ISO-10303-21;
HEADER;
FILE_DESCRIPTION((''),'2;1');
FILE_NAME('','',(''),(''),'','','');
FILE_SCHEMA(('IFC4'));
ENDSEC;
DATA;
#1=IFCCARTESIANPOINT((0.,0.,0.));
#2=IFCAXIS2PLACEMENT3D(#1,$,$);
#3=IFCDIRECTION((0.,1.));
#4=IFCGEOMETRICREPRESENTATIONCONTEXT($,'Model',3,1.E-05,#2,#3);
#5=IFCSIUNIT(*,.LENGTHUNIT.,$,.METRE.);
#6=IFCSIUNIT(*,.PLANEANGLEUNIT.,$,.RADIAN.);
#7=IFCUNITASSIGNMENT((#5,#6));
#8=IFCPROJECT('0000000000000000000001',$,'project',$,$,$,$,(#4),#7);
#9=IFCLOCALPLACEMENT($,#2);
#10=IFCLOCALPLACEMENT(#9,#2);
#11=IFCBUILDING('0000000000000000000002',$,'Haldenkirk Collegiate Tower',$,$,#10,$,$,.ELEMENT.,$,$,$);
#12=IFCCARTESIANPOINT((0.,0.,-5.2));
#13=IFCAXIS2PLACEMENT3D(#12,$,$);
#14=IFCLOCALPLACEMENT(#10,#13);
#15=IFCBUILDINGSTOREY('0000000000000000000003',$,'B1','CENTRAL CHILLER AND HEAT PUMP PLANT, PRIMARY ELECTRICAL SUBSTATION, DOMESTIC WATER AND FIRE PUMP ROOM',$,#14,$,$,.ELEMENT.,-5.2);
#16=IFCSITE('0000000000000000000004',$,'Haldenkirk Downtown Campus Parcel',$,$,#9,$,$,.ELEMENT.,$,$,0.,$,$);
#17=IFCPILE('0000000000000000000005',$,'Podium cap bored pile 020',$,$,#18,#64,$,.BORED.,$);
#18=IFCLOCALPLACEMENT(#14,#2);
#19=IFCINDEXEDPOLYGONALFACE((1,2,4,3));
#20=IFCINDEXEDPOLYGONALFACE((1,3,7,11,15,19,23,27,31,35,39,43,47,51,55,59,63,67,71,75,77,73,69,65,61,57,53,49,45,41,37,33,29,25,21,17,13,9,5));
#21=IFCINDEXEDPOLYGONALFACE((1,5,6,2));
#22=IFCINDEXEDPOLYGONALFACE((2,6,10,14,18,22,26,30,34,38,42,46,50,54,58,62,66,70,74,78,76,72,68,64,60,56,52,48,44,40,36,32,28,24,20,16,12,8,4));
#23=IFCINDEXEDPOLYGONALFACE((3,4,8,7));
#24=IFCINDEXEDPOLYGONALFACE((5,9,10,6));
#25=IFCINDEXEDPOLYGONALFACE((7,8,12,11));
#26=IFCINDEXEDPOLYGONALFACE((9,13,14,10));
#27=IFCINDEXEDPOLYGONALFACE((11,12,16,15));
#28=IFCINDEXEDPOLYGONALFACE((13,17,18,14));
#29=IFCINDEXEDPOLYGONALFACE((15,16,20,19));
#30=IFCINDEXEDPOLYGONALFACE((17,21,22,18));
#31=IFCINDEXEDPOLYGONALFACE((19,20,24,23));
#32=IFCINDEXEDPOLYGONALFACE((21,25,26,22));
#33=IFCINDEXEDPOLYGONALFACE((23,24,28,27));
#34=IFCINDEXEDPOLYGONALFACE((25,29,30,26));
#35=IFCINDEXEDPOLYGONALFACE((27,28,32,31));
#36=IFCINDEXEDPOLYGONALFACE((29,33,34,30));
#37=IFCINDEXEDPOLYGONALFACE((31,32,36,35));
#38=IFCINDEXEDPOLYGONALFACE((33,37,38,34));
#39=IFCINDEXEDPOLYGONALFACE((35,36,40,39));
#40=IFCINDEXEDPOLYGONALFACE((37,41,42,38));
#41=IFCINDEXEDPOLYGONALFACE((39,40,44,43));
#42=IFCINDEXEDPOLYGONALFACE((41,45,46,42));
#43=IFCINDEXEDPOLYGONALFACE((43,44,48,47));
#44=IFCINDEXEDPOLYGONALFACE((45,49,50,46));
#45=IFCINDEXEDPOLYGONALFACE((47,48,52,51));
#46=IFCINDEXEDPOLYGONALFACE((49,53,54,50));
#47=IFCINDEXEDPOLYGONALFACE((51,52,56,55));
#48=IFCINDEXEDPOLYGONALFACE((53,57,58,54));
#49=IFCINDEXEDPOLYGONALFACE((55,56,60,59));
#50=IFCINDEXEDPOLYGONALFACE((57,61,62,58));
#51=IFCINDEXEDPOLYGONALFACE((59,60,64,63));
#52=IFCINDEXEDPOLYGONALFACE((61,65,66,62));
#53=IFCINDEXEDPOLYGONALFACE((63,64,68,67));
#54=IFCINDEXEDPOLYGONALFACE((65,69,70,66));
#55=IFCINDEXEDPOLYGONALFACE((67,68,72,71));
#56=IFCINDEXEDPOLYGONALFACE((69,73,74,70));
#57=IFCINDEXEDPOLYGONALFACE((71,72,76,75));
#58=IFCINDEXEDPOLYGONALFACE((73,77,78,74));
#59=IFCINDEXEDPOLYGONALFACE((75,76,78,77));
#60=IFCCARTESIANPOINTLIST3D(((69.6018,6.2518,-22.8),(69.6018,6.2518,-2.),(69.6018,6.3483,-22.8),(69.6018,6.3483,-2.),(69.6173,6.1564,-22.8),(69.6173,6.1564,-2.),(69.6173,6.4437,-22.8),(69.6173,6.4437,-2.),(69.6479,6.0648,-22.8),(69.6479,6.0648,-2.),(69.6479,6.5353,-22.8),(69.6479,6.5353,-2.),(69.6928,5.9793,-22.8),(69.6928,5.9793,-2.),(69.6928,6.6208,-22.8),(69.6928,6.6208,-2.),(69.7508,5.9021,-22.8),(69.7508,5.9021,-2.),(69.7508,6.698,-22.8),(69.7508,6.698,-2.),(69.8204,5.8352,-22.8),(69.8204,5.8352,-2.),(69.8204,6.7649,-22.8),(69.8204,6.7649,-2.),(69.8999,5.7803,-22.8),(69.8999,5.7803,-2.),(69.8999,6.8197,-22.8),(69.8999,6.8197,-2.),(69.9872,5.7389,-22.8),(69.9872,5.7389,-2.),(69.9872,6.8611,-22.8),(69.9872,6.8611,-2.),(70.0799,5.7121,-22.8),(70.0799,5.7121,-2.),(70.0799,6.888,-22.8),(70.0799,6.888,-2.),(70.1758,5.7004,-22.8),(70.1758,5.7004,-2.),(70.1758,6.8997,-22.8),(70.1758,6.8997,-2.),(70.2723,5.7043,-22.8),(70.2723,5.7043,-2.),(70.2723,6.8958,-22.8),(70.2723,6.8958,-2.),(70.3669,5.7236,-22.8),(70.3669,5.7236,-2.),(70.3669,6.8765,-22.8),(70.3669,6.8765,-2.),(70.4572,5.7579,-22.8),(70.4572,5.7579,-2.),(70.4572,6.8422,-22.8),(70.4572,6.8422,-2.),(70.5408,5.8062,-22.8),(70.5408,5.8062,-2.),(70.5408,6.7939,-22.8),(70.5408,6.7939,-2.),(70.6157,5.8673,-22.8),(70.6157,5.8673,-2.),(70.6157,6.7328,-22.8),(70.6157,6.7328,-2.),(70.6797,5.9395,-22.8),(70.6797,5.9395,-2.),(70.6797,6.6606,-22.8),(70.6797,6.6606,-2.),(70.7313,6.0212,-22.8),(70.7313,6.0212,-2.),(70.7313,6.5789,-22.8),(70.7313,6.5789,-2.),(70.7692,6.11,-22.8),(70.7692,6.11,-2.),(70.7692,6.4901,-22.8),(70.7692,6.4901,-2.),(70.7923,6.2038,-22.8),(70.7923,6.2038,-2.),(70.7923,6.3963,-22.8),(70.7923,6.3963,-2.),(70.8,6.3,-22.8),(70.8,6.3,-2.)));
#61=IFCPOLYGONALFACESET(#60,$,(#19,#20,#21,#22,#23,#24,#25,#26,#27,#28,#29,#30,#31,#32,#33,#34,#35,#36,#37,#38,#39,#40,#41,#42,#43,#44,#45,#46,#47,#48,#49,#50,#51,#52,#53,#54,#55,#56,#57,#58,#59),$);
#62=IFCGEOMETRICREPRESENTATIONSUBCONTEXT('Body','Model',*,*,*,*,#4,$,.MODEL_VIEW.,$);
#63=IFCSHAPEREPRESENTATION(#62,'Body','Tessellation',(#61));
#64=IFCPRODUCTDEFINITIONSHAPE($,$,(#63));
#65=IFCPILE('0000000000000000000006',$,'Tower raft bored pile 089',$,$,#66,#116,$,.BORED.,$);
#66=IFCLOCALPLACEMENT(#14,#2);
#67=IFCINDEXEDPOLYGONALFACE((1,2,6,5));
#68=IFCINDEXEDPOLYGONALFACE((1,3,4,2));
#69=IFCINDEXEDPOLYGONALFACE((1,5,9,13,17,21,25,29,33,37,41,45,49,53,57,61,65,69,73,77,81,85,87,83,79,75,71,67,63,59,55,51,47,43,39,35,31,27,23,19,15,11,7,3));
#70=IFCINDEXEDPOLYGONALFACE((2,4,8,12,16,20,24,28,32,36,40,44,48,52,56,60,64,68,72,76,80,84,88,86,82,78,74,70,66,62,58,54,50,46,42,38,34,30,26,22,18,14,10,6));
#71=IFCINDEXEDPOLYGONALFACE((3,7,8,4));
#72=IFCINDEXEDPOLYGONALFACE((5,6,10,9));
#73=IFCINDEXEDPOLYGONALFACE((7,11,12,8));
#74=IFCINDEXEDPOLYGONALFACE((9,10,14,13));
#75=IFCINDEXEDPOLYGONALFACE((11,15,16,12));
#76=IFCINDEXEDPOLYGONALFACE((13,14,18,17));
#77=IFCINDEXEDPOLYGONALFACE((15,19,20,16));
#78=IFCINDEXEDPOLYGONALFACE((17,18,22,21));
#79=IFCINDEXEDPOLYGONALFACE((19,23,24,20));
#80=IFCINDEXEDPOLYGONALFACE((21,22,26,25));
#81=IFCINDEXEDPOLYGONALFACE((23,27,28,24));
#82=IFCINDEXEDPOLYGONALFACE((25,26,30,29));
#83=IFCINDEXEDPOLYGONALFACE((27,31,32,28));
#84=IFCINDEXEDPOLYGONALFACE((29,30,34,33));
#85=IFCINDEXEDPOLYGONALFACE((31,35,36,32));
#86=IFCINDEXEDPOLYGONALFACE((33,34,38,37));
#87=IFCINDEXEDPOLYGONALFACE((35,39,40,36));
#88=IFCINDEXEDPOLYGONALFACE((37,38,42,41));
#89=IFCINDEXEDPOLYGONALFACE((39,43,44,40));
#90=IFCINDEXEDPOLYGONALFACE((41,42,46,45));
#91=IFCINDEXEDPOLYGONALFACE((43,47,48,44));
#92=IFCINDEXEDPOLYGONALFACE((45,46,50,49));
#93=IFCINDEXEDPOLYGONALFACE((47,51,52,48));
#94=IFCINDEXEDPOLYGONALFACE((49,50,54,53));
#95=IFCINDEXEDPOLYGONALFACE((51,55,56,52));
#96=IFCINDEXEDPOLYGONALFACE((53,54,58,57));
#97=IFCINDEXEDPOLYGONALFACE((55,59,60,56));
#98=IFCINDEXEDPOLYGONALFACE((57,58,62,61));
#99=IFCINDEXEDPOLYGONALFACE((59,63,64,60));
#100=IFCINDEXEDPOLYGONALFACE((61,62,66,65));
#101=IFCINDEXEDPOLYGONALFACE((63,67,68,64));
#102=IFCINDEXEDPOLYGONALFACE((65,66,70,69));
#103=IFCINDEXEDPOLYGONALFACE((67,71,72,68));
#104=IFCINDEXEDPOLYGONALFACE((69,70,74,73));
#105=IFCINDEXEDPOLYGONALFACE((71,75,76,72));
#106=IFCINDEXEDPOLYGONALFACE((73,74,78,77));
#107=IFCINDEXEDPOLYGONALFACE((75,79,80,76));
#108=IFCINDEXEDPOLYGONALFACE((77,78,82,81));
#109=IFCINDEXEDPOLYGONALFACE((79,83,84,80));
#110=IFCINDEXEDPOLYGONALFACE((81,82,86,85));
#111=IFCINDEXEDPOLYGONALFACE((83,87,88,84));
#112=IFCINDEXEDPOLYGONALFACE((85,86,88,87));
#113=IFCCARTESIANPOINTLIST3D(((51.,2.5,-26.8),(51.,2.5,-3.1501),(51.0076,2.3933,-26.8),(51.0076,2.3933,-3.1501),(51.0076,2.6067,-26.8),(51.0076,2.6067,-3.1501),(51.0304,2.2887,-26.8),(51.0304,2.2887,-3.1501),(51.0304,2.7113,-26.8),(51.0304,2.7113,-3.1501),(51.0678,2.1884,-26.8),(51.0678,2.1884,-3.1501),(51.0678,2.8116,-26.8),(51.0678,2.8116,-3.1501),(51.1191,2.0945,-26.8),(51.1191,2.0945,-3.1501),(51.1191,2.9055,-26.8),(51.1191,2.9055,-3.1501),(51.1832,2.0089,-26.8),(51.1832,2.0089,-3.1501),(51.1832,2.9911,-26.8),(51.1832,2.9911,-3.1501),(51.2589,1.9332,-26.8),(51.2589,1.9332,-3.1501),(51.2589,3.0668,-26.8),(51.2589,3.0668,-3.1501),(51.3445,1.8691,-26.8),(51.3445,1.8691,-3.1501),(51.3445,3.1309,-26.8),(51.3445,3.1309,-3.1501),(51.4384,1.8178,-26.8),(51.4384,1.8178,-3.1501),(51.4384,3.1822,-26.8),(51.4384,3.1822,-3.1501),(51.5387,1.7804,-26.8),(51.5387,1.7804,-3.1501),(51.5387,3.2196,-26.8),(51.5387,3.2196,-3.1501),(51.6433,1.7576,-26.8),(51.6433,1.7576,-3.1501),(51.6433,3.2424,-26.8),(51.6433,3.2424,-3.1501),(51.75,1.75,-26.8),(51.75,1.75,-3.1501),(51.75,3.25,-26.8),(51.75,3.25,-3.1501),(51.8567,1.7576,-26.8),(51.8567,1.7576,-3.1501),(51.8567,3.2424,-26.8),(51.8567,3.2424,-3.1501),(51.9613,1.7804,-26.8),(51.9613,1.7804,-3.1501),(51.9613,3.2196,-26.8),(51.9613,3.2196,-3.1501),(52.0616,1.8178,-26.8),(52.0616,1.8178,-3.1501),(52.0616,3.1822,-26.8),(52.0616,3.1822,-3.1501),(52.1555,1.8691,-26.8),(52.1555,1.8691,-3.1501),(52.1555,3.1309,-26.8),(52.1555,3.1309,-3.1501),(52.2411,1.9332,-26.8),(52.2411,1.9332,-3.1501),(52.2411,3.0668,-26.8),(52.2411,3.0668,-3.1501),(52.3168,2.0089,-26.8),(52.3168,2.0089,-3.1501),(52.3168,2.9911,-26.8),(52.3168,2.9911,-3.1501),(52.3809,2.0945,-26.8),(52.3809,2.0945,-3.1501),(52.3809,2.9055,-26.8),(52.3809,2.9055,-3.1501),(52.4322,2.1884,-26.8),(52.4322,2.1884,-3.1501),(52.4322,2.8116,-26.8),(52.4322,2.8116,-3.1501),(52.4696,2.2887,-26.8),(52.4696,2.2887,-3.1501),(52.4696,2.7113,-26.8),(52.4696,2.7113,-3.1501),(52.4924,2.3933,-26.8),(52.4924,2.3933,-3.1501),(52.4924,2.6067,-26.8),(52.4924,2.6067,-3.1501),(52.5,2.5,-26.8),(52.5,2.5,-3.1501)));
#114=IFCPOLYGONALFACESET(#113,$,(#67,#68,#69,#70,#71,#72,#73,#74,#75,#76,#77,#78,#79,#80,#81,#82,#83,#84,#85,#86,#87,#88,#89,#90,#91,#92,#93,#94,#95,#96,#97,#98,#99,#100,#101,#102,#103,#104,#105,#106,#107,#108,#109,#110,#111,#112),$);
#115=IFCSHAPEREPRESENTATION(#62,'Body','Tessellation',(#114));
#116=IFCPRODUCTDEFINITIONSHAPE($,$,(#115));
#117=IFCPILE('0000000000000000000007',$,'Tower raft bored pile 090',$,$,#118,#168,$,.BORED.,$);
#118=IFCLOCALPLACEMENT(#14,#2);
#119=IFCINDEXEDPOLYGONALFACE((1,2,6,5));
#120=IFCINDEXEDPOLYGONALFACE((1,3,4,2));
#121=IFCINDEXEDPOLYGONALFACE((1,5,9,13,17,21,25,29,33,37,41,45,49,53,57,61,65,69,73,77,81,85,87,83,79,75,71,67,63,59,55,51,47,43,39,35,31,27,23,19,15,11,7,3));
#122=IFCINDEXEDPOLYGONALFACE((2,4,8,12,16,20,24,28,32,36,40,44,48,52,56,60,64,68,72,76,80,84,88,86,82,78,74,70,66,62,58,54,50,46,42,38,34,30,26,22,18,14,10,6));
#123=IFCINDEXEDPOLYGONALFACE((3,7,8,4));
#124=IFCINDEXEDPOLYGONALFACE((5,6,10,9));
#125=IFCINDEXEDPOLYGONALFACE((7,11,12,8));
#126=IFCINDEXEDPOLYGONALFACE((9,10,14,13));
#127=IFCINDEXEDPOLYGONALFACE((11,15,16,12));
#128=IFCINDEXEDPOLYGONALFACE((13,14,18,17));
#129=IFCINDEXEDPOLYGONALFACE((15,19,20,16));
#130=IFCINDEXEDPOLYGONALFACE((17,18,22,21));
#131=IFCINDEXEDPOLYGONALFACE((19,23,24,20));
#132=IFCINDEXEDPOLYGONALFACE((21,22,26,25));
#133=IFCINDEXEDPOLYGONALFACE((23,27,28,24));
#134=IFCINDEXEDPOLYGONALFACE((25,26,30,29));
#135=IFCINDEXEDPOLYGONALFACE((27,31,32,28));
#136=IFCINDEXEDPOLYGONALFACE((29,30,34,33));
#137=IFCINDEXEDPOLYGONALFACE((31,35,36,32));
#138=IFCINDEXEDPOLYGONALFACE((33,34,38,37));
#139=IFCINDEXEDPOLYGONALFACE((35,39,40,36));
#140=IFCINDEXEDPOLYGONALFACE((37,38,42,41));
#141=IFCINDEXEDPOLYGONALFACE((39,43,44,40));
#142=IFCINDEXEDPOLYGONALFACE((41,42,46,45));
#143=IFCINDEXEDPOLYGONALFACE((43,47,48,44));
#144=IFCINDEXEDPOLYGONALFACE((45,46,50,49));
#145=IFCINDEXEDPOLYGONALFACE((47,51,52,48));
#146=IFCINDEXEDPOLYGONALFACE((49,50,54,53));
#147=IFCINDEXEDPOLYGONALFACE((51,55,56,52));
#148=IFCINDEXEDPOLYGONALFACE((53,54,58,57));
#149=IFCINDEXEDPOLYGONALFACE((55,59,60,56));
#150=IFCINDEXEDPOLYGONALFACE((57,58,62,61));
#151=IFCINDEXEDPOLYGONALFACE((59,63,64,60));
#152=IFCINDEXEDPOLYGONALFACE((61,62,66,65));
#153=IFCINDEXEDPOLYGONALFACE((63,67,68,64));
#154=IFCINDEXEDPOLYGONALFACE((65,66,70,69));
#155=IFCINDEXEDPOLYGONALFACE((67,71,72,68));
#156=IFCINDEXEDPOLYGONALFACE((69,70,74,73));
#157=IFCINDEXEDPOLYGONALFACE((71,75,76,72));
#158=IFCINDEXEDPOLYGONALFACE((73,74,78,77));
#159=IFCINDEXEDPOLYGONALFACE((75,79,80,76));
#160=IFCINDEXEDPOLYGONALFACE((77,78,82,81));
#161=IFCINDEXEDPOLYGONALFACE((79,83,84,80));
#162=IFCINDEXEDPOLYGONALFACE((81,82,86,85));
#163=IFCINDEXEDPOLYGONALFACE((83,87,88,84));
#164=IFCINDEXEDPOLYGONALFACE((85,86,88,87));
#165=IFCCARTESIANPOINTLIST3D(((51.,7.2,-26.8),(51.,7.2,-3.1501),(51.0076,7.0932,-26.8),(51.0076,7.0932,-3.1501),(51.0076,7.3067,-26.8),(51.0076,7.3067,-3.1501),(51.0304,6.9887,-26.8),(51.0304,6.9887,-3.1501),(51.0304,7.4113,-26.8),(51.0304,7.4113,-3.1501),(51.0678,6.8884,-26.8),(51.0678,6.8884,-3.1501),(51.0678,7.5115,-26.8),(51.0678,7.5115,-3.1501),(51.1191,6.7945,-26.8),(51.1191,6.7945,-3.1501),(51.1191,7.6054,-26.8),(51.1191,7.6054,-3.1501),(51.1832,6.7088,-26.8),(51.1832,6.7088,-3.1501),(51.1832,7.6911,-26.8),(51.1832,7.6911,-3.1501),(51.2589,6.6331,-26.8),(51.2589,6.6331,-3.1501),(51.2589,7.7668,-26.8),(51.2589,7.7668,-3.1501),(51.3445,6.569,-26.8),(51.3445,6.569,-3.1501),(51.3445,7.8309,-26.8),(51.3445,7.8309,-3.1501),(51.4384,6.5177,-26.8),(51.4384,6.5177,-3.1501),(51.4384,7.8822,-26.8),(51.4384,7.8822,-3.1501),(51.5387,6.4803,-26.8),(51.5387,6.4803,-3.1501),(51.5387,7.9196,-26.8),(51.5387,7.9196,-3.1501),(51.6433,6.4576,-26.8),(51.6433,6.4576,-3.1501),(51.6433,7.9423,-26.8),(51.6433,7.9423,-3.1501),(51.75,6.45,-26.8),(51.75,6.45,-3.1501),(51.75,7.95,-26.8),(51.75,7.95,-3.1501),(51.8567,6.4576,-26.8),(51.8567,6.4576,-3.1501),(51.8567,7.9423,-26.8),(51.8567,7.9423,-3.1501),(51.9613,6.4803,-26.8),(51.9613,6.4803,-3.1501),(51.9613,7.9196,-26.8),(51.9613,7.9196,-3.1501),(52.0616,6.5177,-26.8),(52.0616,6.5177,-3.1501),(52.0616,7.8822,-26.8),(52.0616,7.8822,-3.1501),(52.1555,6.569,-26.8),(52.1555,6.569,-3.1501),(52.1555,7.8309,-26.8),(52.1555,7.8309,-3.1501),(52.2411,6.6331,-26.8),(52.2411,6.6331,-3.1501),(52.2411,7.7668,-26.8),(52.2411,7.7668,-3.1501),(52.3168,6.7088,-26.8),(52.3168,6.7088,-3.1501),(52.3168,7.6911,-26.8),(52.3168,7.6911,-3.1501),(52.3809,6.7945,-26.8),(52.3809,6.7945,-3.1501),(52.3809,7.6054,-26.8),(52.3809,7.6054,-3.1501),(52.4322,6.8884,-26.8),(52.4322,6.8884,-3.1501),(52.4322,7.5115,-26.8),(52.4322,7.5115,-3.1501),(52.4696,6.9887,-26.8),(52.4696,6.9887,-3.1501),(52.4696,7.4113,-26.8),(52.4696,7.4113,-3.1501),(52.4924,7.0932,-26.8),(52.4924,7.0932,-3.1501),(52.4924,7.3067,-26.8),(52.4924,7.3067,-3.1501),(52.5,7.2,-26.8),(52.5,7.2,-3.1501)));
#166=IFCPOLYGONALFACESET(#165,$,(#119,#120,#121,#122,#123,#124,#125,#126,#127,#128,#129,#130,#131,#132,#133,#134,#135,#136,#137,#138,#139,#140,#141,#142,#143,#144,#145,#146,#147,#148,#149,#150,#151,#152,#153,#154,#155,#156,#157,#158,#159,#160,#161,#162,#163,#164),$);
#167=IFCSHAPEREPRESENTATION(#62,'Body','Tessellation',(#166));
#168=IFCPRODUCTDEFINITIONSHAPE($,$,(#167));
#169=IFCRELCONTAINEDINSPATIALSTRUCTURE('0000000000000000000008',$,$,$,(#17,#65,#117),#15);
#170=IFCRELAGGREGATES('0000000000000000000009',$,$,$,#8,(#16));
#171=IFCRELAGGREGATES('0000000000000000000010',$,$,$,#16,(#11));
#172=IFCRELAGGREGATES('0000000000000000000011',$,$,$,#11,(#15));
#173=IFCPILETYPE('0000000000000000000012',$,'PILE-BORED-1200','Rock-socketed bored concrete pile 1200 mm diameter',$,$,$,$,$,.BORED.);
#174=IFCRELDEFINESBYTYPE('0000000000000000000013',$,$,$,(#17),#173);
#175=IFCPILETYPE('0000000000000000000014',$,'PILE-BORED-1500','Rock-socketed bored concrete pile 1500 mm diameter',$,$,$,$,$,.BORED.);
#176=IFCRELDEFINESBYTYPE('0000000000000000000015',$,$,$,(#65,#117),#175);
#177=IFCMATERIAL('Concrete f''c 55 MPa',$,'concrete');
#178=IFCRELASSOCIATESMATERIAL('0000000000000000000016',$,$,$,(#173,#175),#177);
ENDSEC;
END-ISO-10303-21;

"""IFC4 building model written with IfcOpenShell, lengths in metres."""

from ifc_helpers import new_model, si_unit, direction, frame, origin, origin_2d, place, context, subcontext, project, spatial, circle, extrude, material, material_profile, profile_set, type_object, element, save


model = new_model("IFC4")

# Units and contexts
model_context = context("Model", 3, precision=1e-05, world=origin(), true_north=direction((0.0, 1.0)))
body_context = subcontext(model_context, "Body", "Model", "MODEL_VIEW")
ifc_project = project(units=[si_unit("LENGTHUNIT", "METRE"), si_unit("PLANEANGLEUNIT", "RADIAN")], contexts=[model_context])

# Site, building, storey
site_placement = place(None, origin())
site = spatial("IfcSite", under=ifc_project, at=site_placement, Name="Haldenkirk Downtown Campus Parcel", CompositionType="ELEMENT", RefElevation=0.0)
building_placement = place(site_placement, origin())
building = spatial("IfcBuilding", under=site, at=building_placement, Name="Haldenkirk Collegiate Tower", CompositionType="ELEMENT")
storey_placement = place(building_placement, frame((0.0, 0.0, -5.2)))
storey = spatial("IfcBuildingStorey", under=building, at=storey_placement, Name="B1", Description="CENTRAL CHILLER AND HEAT PUMP PLANT, PRIMARY ELECTRICAL SUBSTATION, DOMESTIC WATER AND FIRE PUMP ROOM", CompositionType="ELEMENT", Elevation=-5.2)

# Shared definitions
ifc_material_1 = material(Name="Concrete f'c 55 MPa", Category="concrete")

# Piles
ifc_material_profile_1 = material_profile(ifc_material_1, circle(Radius=0.6001, at=origin_2d()), Name="PILE1200")
ifc_profile_set_1 = profile_set([ifc_material_profile_1], Name="Concrete f'c 55 MPa")
pile_type_1 = type_object("IfcPileType", Name="PILE-BORED-1200", Description="Rock-socketed bored concrete pile 1200 mm diameter", PredefinedType="BORED", material=ifc_profile_set_1)
for number, where, z_axis, x_axis, name in (
    (1, (70.2, 6.3, -2.0), (0.0, 0.0, -1.0), (1.0, 0.0, 0.0), "Podium cap bored pile 020"),
):
    element("IfcPile", number, at=place(storey_placement, frame(where, z_axis=z_axis, x_axis=x_axis)), inside=storey, type_object=pile_type_1, Name=name, PredefinedType="BORED", context=body_context, shape_type="SweptSolid", body=[
        extrude(circle(Radius=0.6001, at=origin_2d()), origin(), (0.0, 0.0, 1.0), 20.8),
    ])
ifc_material_profile_2 = material_profile(ifc_material_1, circle(Radius=0.75, at=origin_2d()), Name="PILE1500")
ifc_profile_set_2 = profile_set([ifc_material_profile_2], Name="Concrete f'c 55 MPa")
pile_type_2 = type_object("IfcPileType", Name="PILE-BORED-1500", Description="Rock-socketed bored concrete pile 1500 mm diameter", PredefinedType="BORED", material=ifc_profile_set_2)
for number, where, z_axis, x_axis, name in (
    (2, (51.75, 2.5, -3.1501), (0.0, 0.0, -1.0), (1.0, 0.0, 0.0), "Tower raft bored pile 089"),
    (3, (51.75, 7.2, -3.1501), (0.0, 0.0, -1.0), (1.0, 0.0, 0.0), "Tower raft bored pile 090"),
):
    element("IfcPile", number, at=place(storey_placement, frame(where, z_axis=z_axis, x_axis=x_axis)), inside=storey, type_object=pile_type_2, Name=name, PredefinedType="BORED", context=body_context, shape_type="SweptSolid", body=[
        extrude(circle(Radius=0.75, at=origin_2d()), origin(), (0.0, 0.0, 1.0), 23.6499),
    ])

save(model, "model.ifc")
